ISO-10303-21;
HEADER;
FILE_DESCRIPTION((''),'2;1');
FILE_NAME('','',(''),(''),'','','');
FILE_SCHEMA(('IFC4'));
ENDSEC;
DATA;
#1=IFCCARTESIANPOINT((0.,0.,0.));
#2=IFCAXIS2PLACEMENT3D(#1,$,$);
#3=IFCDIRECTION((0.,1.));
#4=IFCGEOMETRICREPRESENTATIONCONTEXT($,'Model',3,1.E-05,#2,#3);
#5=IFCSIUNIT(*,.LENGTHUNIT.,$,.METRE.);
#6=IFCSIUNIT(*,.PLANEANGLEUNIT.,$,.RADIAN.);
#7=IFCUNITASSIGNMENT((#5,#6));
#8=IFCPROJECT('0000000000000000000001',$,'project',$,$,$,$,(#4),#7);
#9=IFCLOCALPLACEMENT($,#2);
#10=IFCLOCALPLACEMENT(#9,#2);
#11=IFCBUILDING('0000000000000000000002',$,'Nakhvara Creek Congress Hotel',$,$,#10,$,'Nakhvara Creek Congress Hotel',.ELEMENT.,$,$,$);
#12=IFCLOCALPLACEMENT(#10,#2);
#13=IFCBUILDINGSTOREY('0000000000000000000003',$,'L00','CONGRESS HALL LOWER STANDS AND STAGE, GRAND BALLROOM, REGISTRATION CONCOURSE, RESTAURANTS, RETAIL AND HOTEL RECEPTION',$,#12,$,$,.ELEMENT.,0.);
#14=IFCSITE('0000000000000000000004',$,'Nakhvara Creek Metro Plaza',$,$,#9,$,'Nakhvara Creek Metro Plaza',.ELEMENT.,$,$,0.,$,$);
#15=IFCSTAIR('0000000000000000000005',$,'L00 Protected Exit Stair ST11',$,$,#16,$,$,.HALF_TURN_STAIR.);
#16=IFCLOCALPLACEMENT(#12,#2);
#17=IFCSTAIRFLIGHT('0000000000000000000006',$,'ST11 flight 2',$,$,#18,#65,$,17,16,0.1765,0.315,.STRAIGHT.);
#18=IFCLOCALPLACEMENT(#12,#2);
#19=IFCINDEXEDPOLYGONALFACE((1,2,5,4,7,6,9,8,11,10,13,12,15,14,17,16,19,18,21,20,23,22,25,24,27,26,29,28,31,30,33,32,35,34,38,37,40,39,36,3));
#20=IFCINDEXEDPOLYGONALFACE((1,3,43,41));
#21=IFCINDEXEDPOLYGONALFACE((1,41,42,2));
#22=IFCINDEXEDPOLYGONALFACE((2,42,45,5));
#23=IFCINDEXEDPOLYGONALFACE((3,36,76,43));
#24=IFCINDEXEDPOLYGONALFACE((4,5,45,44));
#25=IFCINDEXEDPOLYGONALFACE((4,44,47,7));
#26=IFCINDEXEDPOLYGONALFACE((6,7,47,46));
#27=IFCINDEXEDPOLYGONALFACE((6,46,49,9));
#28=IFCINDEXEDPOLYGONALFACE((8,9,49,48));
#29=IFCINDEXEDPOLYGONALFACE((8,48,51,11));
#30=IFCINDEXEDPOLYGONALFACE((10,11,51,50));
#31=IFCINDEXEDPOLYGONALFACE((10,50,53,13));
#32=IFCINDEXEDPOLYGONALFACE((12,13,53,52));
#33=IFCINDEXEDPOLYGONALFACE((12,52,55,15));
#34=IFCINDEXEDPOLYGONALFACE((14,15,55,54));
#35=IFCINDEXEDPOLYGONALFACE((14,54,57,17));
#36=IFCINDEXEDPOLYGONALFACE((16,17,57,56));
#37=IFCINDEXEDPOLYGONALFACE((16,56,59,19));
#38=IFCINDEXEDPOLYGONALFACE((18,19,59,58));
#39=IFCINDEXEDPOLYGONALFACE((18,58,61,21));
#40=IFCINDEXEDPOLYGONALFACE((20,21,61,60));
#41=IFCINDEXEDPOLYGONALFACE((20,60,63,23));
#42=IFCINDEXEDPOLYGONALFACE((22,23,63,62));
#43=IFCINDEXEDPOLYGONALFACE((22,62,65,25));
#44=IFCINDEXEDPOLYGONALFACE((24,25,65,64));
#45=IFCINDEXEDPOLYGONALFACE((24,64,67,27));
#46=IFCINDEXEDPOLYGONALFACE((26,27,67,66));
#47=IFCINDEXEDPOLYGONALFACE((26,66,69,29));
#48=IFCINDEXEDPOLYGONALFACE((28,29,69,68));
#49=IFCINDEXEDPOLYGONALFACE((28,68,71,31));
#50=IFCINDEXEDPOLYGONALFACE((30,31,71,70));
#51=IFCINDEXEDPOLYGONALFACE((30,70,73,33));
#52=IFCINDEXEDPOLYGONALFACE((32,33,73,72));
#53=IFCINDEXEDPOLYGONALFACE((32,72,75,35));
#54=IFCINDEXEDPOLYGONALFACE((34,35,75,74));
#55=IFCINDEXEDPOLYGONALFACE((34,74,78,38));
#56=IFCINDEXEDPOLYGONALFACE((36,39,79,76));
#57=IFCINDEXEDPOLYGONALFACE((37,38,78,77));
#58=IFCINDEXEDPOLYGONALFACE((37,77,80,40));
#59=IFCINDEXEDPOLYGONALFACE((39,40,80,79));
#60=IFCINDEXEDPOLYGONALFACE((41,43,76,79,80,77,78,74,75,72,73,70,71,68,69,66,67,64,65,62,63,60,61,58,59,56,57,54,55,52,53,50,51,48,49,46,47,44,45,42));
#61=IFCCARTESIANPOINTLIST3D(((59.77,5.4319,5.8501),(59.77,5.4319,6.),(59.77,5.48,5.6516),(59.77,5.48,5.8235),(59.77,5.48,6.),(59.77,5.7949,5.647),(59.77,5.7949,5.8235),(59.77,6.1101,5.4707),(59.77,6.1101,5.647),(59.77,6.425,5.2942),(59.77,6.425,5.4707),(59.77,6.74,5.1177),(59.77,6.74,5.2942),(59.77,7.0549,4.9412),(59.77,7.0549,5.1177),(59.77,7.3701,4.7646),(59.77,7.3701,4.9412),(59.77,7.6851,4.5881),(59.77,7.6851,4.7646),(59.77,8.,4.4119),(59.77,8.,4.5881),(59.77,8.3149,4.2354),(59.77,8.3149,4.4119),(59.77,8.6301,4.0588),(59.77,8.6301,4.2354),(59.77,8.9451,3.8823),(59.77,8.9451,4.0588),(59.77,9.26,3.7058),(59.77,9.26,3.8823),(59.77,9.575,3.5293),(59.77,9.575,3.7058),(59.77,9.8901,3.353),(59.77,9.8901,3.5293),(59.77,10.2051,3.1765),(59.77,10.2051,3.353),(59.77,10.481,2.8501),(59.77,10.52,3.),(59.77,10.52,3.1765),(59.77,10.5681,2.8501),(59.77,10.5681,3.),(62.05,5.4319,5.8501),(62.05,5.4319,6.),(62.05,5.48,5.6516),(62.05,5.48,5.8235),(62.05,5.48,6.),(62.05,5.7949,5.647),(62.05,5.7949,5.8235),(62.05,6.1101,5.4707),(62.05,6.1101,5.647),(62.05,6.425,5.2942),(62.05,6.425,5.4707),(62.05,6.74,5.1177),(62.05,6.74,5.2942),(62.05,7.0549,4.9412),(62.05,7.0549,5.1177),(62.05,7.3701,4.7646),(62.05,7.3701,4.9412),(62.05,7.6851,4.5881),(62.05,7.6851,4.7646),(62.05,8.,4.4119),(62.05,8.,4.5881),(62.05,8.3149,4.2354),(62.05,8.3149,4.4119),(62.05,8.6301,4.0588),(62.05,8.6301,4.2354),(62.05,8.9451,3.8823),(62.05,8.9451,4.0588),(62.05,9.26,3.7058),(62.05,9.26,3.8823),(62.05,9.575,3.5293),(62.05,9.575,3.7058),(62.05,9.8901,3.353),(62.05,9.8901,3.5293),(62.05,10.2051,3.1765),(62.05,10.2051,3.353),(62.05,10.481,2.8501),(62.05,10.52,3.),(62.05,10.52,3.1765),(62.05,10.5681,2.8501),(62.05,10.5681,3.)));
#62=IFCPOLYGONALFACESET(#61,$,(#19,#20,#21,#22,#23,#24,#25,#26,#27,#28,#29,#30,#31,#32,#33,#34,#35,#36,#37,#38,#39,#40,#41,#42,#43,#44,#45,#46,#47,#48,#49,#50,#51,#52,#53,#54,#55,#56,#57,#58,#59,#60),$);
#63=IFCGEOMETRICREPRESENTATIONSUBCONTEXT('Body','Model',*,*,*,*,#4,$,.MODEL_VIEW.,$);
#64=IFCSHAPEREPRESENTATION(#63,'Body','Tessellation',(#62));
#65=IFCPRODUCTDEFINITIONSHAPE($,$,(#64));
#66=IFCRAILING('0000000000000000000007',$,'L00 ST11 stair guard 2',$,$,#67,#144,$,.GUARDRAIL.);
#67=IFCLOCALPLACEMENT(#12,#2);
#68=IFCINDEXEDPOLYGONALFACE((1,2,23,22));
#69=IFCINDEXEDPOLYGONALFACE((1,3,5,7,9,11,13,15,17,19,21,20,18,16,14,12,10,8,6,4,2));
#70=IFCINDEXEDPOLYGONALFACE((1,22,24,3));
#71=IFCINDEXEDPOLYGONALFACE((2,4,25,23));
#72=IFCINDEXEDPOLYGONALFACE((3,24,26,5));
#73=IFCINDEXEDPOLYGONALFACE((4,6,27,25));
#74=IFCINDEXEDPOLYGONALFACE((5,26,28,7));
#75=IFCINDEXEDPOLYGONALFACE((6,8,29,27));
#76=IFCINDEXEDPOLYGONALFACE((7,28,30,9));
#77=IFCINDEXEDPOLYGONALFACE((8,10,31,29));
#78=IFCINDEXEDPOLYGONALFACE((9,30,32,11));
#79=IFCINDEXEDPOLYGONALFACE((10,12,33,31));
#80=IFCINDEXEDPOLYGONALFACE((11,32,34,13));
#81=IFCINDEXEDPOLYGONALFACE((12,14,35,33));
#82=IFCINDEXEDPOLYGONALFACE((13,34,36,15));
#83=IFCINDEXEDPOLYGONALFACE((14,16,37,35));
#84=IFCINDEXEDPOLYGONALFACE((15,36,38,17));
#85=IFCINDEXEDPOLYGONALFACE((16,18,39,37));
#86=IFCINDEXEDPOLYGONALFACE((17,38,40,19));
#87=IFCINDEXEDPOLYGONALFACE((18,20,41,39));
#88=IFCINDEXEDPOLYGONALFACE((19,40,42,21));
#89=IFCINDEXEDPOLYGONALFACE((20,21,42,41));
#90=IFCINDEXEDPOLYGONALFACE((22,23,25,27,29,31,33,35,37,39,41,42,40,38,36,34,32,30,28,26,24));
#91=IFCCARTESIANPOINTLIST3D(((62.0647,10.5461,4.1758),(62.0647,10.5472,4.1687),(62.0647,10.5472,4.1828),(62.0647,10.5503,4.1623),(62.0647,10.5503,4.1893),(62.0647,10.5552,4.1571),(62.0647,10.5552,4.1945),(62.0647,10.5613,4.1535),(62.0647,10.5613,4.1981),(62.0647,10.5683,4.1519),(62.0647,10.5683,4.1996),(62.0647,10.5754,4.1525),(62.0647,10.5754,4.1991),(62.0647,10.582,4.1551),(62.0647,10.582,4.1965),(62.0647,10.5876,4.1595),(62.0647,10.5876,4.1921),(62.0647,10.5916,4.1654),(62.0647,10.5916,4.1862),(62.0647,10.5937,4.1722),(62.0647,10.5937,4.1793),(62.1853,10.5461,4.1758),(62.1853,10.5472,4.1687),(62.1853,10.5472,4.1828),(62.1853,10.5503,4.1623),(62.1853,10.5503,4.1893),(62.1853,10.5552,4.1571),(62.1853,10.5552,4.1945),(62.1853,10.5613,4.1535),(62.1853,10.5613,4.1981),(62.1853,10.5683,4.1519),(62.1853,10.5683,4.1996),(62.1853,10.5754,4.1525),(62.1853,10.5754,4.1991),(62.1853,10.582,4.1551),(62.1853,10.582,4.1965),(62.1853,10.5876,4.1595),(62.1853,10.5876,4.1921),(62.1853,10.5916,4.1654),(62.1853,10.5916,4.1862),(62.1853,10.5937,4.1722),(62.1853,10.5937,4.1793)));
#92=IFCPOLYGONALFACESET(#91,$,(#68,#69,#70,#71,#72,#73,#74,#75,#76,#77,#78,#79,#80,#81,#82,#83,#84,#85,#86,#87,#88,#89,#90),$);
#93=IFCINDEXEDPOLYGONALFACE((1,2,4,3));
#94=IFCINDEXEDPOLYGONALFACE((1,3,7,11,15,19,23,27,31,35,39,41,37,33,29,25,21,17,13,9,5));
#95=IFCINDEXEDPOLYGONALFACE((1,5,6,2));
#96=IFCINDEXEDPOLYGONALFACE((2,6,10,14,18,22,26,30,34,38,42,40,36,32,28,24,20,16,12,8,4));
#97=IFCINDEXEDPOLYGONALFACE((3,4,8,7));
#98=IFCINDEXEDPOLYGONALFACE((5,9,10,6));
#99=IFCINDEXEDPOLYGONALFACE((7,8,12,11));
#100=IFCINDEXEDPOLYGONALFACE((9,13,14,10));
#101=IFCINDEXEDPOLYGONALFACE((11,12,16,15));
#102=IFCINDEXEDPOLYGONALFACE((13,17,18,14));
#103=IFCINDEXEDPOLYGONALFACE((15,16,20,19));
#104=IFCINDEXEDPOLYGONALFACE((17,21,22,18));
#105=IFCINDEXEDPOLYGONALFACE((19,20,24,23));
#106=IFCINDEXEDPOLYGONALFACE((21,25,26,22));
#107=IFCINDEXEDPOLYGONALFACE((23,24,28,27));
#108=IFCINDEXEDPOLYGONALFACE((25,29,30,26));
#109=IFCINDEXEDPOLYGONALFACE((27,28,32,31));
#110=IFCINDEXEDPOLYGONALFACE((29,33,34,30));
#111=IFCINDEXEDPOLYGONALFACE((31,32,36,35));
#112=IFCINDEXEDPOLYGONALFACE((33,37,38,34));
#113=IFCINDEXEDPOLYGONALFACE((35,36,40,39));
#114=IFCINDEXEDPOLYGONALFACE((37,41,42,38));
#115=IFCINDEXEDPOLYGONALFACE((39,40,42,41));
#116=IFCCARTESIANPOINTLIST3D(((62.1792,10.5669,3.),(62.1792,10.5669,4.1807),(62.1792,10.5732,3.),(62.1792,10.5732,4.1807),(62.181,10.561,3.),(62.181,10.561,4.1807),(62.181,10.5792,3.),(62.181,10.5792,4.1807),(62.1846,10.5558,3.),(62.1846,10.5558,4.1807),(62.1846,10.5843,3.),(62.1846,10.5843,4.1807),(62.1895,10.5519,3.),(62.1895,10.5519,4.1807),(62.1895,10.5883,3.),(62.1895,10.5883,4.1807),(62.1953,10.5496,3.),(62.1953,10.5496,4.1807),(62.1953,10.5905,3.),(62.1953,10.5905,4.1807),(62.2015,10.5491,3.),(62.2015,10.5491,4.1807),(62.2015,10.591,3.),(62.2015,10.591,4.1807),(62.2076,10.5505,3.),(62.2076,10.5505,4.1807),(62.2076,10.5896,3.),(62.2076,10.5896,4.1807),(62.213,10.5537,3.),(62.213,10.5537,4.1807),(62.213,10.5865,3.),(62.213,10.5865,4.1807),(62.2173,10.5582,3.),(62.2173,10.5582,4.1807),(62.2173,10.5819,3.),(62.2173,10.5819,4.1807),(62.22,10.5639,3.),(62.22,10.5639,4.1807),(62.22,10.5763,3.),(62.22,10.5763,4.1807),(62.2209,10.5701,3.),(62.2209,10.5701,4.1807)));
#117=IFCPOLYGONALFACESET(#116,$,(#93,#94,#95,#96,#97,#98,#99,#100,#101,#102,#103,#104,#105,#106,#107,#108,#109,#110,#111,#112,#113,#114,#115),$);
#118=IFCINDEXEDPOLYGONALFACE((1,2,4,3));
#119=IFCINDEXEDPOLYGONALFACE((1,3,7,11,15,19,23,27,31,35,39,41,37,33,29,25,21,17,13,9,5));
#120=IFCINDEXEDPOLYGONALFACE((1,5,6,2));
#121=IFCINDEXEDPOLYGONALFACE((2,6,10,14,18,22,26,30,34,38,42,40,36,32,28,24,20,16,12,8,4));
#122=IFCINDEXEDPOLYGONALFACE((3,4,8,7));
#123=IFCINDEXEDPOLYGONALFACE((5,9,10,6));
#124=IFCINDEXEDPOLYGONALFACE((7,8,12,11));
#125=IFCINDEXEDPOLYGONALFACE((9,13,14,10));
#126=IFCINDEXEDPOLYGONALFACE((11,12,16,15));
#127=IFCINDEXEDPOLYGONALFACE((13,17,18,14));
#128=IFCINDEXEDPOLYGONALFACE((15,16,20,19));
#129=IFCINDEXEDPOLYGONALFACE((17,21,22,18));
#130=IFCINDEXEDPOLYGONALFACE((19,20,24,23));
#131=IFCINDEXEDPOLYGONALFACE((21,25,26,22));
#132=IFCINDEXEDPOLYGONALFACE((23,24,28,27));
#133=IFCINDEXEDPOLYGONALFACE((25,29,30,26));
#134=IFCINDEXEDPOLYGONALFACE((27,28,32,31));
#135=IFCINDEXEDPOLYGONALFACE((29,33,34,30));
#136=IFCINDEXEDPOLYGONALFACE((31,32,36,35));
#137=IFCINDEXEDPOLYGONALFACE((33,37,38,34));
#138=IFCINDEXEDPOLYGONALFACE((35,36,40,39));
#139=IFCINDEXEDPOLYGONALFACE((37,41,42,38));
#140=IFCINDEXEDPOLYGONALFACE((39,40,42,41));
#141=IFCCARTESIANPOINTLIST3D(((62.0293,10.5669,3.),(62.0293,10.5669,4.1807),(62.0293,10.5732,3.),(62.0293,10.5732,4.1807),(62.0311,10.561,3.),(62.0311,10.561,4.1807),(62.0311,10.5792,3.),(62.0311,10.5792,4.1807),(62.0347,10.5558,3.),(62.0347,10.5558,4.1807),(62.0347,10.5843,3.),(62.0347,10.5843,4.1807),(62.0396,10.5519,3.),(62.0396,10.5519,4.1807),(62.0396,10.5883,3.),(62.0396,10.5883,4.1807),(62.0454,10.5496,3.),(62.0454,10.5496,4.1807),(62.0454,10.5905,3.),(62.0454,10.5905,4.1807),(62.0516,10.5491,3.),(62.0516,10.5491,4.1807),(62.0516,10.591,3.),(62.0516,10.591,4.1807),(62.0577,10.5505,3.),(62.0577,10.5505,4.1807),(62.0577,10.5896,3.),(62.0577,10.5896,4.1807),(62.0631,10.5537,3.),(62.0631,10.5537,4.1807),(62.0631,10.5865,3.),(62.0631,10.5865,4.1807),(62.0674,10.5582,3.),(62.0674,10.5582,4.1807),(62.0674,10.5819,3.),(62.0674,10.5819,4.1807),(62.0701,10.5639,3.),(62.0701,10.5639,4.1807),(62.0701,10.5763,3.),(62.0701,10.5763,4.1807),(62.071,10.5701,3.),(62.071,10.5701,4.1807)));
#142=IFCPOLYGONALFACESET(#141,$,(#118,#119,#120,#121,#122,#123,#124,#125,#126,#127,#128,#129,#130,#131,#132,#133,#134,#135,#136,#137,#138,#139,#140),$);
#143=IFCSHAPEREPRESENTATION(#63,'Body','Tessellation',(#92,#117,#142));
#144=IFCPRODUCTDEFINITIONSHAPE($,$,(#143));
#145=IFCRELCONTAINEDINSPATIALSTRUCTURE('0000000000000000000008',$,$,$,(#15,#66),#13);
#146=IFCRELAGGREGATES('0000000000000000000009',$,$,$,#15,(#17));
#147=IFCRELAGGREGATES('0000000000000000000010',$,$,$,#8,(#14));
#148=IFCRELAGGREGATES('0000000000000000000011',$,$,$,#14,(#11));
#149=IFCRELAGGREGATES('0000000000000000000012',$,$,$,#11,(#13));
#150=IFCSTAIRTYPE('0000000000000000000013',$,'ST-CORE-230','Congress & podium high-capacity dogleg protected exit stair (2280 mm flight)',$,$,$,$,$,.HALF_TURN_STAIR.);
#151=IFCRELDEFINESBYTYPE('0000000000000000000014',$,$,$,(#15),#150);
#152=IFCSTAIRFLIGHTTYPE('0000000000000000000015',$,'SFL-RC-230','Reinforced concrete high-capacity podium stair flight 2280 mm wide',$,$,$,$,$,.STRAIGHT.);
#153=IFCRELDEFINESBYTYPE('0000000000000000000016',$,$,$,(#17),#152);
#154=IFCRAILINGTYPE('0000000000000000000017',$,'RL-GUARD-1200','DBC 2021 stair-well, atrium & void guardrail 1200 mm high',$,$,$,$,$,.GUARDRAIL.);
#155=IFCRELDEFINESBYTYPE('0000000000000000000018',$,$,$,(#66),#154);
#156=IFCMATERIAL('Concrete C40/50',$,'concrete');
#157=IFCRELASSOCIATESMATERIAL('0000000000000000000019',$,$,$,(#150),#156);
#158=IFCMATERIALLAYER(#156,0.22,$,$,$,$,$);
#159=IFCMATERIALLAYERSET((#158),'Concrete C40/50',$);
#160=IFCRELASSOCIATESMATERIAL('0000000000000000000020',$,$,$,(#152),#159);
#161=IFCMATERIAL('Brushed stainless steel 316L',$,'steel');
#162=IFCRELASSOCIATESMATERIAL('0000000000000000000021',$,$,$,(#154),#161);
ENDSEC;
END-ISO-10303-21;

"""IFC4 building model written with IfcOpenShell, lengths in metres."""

from ifc_helpers import new_model, si_unit, direction, frame, origin, origin_2d, place, context, subcontext, project, spatial, polyline, circle, outline, extrude, material, layer, layer_set, type_object, element, aggregate, save


model = new_model("IFC4")

# Units and contexts
model_context = context("Model", 3, precision=1e-05, world=origin(), true_north=direction((0.0, 1.0)))
body_context = subcontext(model_context, "Body", "Model", "MODEL_VIEW")
ifc_project = project(units=[si_unit("LENGTHUNIT", "METRE"), si_unit("PLANEANGLEUNIT", "RADIAN")], contexts=[model_context])

# Site, building, storey
site_placement = place(None, origin())
site = spatial("IfcSite", under=ifc_project, at=site_placement, Name="Nakhvara Creek Metro Plaza", LongName="Nakhvara Creek Metro Plaza", CompositionType="ELEMENT", RefElevation=0.0)
building_placement = place(site_placement, origin())
building = spatial("IfcBuilding", under=site, at=building_placement, Name="Nakhvara Creek Congress Hotel", LongName="Nakhvara Creek Congress Hotel", CompositionType="ELEMENT")
storey_placement = place(building_placement, origin())
storey = spatial("IfcBuildingStorey", under=building, at=storey_placement, Name="L00", Description="CONGRESS HALL LOWER STANDS AND STAGE, GRAND BALLROOM, REGISTRATION CONCOURSE, RESTAURANTS, RETAIL AND HOTEL RECEPTION", CompositionType="ELEMENT", Elevation=0.0)

# Shared definitions
ifc_material_1 = material(Name="Concrete C40/50", Category="concrete")

# Stair, stair flight
stair_type = type_object("IfcStairType", Name="ST-CORE-230", Description="Congress & podium high-capacity dogleg protected exit stair (2280 mm flight)", PredefinedType="HALF_TURN_STAIR", material=ifc_material_1)
stair_placement = place(storey_placement, origin())
stair = element("IfcStair", 1, at=stair_placement, inside=storey, type_object=stair_type, Name="L00 Protected Exit Stair ST11", PredefinedType="HALF_TURN_STAIR")
ifc_layer_1 = layer(ifc_material_1, 0.22)
ifc_layer_set_1 = layer_set([ifc_layer_1], Name="Concrete C40/50")
stair_flight_type = type_object("IfcStairFlightType", Name="SFL-RC-230", Description="Reinforced concrete high-capacity podium stair flight 2280 mm wide", PredefinedType="STRAIGHT", material=ifc_layer_set_1)
stair_flight_placement = place(storey_placement, frame((60.9099, 10.52, 3.0), z_axis=(0.0, 0.0, 1.0), x_axis=(0.0, -1.0, 0.0)))
stair_flight = element("IfcStairFlight", 2, at=stair_flight_placement, type_object=stair_flight_type, Name="ST11 flight 2", NumberOfRisers=17, NumberOfTreads=16, PredefinedType="STRAIGHT", RiserHeight=0.1765, TreadLength=0.315, context=body_context, shape_type="SweptSolid", body=[
    extrude(outline(polyline([(-0.0481, 0.0), (0.0, 0.0), (0.0, 0.1765), (0.3149, 0.1765), (0.3149, 0.353), (0.6299, 0.353), (0.6299, 0.5293), (0.9451, 0.5293), (0.9451, 0.7058), (1.26, 0.7058), (1.26, 0.8823), (1.575, 0.8823), (1.575, 1.0588), (1.8899, 1.0588), (1.8899, 1.2354), (2.2051, 1.2354), (2.2051, 1.4119), (2.52, 1.4119), (2.52, 1.5881), (2.835, 1.5881), (2.835, 1.7646), (3.1499, 1.7646), (3.1499, 1.9412), (3.4651, 1.9412), (3.4651, 2.1177), (3.78, 2.1177), (3.78, 2.2942), (4.095, 2.2942), (4.095, 2.4707), (4.4099, 2.4707), (4.4099, 2.647), (4.7251, 2.647), (4.7251, 2.8235), (5.04, 2.8235), (5.04, 3.0), (5.0881, 3.0), (5.0881, 2.8501), (5.04, 2.6516), (0.0391, -0.1499), (-0.0481, -0.1499), (-0.0481, 0.0)])), frame((0.0, 1.1401, 0.0), z_axis=(0.0, -1.0, 0.0), x_axis=(1.0, 0.0, 0.0)), (0.0, 0.0, 1.0), 2.28),
])
aggregate(stair, [stair_flight])

# Railing
ifc_material_2 = material(Name="Brushed stainless steel 316L", Category="steel")
railing_type_1 = type_object("IfcRailingType", Name="RL-GUARD-1200", Description="DBC 2021 stair-well, atrium & void guardrail 1200 mm high", PredefinedType="GUARDRAIL", material=ifc_material_2)
railing_1_placement = place(storey_placement, frame((62.2, 10.5701, 3.0)))
element("IfcRailing", 3, at=railing_1_placement, inside=storey, type_object=railing_type_1, Name="L00 ST11 stair guard 2", PredefinedType="GUARDRAIL", context=body_context, shape_type="SweptSolid", body=[
    extrude(circle(Radius=0.0239, at=origin_2d()), frame((-0.0146, 0.0, 1.1758), z_axis=(-1.0, 0.0, 0.0), x_axis=(0.0, -1.0, 0.0)), (0.0, 0.0, 1.0), 0.1206),
    extrude(circle(Radius=0.021, at=origin_2d()), origin(), (0.0, 0.0, 1.0), 1.1807),
    extrude(circle(Radius=0.021, at=origin_2d()), frame((-0.1499, 0.0, 0.0)), (0.0, 0.0, 1.0), 1.1807),
])

save(model, "model.ifc")
